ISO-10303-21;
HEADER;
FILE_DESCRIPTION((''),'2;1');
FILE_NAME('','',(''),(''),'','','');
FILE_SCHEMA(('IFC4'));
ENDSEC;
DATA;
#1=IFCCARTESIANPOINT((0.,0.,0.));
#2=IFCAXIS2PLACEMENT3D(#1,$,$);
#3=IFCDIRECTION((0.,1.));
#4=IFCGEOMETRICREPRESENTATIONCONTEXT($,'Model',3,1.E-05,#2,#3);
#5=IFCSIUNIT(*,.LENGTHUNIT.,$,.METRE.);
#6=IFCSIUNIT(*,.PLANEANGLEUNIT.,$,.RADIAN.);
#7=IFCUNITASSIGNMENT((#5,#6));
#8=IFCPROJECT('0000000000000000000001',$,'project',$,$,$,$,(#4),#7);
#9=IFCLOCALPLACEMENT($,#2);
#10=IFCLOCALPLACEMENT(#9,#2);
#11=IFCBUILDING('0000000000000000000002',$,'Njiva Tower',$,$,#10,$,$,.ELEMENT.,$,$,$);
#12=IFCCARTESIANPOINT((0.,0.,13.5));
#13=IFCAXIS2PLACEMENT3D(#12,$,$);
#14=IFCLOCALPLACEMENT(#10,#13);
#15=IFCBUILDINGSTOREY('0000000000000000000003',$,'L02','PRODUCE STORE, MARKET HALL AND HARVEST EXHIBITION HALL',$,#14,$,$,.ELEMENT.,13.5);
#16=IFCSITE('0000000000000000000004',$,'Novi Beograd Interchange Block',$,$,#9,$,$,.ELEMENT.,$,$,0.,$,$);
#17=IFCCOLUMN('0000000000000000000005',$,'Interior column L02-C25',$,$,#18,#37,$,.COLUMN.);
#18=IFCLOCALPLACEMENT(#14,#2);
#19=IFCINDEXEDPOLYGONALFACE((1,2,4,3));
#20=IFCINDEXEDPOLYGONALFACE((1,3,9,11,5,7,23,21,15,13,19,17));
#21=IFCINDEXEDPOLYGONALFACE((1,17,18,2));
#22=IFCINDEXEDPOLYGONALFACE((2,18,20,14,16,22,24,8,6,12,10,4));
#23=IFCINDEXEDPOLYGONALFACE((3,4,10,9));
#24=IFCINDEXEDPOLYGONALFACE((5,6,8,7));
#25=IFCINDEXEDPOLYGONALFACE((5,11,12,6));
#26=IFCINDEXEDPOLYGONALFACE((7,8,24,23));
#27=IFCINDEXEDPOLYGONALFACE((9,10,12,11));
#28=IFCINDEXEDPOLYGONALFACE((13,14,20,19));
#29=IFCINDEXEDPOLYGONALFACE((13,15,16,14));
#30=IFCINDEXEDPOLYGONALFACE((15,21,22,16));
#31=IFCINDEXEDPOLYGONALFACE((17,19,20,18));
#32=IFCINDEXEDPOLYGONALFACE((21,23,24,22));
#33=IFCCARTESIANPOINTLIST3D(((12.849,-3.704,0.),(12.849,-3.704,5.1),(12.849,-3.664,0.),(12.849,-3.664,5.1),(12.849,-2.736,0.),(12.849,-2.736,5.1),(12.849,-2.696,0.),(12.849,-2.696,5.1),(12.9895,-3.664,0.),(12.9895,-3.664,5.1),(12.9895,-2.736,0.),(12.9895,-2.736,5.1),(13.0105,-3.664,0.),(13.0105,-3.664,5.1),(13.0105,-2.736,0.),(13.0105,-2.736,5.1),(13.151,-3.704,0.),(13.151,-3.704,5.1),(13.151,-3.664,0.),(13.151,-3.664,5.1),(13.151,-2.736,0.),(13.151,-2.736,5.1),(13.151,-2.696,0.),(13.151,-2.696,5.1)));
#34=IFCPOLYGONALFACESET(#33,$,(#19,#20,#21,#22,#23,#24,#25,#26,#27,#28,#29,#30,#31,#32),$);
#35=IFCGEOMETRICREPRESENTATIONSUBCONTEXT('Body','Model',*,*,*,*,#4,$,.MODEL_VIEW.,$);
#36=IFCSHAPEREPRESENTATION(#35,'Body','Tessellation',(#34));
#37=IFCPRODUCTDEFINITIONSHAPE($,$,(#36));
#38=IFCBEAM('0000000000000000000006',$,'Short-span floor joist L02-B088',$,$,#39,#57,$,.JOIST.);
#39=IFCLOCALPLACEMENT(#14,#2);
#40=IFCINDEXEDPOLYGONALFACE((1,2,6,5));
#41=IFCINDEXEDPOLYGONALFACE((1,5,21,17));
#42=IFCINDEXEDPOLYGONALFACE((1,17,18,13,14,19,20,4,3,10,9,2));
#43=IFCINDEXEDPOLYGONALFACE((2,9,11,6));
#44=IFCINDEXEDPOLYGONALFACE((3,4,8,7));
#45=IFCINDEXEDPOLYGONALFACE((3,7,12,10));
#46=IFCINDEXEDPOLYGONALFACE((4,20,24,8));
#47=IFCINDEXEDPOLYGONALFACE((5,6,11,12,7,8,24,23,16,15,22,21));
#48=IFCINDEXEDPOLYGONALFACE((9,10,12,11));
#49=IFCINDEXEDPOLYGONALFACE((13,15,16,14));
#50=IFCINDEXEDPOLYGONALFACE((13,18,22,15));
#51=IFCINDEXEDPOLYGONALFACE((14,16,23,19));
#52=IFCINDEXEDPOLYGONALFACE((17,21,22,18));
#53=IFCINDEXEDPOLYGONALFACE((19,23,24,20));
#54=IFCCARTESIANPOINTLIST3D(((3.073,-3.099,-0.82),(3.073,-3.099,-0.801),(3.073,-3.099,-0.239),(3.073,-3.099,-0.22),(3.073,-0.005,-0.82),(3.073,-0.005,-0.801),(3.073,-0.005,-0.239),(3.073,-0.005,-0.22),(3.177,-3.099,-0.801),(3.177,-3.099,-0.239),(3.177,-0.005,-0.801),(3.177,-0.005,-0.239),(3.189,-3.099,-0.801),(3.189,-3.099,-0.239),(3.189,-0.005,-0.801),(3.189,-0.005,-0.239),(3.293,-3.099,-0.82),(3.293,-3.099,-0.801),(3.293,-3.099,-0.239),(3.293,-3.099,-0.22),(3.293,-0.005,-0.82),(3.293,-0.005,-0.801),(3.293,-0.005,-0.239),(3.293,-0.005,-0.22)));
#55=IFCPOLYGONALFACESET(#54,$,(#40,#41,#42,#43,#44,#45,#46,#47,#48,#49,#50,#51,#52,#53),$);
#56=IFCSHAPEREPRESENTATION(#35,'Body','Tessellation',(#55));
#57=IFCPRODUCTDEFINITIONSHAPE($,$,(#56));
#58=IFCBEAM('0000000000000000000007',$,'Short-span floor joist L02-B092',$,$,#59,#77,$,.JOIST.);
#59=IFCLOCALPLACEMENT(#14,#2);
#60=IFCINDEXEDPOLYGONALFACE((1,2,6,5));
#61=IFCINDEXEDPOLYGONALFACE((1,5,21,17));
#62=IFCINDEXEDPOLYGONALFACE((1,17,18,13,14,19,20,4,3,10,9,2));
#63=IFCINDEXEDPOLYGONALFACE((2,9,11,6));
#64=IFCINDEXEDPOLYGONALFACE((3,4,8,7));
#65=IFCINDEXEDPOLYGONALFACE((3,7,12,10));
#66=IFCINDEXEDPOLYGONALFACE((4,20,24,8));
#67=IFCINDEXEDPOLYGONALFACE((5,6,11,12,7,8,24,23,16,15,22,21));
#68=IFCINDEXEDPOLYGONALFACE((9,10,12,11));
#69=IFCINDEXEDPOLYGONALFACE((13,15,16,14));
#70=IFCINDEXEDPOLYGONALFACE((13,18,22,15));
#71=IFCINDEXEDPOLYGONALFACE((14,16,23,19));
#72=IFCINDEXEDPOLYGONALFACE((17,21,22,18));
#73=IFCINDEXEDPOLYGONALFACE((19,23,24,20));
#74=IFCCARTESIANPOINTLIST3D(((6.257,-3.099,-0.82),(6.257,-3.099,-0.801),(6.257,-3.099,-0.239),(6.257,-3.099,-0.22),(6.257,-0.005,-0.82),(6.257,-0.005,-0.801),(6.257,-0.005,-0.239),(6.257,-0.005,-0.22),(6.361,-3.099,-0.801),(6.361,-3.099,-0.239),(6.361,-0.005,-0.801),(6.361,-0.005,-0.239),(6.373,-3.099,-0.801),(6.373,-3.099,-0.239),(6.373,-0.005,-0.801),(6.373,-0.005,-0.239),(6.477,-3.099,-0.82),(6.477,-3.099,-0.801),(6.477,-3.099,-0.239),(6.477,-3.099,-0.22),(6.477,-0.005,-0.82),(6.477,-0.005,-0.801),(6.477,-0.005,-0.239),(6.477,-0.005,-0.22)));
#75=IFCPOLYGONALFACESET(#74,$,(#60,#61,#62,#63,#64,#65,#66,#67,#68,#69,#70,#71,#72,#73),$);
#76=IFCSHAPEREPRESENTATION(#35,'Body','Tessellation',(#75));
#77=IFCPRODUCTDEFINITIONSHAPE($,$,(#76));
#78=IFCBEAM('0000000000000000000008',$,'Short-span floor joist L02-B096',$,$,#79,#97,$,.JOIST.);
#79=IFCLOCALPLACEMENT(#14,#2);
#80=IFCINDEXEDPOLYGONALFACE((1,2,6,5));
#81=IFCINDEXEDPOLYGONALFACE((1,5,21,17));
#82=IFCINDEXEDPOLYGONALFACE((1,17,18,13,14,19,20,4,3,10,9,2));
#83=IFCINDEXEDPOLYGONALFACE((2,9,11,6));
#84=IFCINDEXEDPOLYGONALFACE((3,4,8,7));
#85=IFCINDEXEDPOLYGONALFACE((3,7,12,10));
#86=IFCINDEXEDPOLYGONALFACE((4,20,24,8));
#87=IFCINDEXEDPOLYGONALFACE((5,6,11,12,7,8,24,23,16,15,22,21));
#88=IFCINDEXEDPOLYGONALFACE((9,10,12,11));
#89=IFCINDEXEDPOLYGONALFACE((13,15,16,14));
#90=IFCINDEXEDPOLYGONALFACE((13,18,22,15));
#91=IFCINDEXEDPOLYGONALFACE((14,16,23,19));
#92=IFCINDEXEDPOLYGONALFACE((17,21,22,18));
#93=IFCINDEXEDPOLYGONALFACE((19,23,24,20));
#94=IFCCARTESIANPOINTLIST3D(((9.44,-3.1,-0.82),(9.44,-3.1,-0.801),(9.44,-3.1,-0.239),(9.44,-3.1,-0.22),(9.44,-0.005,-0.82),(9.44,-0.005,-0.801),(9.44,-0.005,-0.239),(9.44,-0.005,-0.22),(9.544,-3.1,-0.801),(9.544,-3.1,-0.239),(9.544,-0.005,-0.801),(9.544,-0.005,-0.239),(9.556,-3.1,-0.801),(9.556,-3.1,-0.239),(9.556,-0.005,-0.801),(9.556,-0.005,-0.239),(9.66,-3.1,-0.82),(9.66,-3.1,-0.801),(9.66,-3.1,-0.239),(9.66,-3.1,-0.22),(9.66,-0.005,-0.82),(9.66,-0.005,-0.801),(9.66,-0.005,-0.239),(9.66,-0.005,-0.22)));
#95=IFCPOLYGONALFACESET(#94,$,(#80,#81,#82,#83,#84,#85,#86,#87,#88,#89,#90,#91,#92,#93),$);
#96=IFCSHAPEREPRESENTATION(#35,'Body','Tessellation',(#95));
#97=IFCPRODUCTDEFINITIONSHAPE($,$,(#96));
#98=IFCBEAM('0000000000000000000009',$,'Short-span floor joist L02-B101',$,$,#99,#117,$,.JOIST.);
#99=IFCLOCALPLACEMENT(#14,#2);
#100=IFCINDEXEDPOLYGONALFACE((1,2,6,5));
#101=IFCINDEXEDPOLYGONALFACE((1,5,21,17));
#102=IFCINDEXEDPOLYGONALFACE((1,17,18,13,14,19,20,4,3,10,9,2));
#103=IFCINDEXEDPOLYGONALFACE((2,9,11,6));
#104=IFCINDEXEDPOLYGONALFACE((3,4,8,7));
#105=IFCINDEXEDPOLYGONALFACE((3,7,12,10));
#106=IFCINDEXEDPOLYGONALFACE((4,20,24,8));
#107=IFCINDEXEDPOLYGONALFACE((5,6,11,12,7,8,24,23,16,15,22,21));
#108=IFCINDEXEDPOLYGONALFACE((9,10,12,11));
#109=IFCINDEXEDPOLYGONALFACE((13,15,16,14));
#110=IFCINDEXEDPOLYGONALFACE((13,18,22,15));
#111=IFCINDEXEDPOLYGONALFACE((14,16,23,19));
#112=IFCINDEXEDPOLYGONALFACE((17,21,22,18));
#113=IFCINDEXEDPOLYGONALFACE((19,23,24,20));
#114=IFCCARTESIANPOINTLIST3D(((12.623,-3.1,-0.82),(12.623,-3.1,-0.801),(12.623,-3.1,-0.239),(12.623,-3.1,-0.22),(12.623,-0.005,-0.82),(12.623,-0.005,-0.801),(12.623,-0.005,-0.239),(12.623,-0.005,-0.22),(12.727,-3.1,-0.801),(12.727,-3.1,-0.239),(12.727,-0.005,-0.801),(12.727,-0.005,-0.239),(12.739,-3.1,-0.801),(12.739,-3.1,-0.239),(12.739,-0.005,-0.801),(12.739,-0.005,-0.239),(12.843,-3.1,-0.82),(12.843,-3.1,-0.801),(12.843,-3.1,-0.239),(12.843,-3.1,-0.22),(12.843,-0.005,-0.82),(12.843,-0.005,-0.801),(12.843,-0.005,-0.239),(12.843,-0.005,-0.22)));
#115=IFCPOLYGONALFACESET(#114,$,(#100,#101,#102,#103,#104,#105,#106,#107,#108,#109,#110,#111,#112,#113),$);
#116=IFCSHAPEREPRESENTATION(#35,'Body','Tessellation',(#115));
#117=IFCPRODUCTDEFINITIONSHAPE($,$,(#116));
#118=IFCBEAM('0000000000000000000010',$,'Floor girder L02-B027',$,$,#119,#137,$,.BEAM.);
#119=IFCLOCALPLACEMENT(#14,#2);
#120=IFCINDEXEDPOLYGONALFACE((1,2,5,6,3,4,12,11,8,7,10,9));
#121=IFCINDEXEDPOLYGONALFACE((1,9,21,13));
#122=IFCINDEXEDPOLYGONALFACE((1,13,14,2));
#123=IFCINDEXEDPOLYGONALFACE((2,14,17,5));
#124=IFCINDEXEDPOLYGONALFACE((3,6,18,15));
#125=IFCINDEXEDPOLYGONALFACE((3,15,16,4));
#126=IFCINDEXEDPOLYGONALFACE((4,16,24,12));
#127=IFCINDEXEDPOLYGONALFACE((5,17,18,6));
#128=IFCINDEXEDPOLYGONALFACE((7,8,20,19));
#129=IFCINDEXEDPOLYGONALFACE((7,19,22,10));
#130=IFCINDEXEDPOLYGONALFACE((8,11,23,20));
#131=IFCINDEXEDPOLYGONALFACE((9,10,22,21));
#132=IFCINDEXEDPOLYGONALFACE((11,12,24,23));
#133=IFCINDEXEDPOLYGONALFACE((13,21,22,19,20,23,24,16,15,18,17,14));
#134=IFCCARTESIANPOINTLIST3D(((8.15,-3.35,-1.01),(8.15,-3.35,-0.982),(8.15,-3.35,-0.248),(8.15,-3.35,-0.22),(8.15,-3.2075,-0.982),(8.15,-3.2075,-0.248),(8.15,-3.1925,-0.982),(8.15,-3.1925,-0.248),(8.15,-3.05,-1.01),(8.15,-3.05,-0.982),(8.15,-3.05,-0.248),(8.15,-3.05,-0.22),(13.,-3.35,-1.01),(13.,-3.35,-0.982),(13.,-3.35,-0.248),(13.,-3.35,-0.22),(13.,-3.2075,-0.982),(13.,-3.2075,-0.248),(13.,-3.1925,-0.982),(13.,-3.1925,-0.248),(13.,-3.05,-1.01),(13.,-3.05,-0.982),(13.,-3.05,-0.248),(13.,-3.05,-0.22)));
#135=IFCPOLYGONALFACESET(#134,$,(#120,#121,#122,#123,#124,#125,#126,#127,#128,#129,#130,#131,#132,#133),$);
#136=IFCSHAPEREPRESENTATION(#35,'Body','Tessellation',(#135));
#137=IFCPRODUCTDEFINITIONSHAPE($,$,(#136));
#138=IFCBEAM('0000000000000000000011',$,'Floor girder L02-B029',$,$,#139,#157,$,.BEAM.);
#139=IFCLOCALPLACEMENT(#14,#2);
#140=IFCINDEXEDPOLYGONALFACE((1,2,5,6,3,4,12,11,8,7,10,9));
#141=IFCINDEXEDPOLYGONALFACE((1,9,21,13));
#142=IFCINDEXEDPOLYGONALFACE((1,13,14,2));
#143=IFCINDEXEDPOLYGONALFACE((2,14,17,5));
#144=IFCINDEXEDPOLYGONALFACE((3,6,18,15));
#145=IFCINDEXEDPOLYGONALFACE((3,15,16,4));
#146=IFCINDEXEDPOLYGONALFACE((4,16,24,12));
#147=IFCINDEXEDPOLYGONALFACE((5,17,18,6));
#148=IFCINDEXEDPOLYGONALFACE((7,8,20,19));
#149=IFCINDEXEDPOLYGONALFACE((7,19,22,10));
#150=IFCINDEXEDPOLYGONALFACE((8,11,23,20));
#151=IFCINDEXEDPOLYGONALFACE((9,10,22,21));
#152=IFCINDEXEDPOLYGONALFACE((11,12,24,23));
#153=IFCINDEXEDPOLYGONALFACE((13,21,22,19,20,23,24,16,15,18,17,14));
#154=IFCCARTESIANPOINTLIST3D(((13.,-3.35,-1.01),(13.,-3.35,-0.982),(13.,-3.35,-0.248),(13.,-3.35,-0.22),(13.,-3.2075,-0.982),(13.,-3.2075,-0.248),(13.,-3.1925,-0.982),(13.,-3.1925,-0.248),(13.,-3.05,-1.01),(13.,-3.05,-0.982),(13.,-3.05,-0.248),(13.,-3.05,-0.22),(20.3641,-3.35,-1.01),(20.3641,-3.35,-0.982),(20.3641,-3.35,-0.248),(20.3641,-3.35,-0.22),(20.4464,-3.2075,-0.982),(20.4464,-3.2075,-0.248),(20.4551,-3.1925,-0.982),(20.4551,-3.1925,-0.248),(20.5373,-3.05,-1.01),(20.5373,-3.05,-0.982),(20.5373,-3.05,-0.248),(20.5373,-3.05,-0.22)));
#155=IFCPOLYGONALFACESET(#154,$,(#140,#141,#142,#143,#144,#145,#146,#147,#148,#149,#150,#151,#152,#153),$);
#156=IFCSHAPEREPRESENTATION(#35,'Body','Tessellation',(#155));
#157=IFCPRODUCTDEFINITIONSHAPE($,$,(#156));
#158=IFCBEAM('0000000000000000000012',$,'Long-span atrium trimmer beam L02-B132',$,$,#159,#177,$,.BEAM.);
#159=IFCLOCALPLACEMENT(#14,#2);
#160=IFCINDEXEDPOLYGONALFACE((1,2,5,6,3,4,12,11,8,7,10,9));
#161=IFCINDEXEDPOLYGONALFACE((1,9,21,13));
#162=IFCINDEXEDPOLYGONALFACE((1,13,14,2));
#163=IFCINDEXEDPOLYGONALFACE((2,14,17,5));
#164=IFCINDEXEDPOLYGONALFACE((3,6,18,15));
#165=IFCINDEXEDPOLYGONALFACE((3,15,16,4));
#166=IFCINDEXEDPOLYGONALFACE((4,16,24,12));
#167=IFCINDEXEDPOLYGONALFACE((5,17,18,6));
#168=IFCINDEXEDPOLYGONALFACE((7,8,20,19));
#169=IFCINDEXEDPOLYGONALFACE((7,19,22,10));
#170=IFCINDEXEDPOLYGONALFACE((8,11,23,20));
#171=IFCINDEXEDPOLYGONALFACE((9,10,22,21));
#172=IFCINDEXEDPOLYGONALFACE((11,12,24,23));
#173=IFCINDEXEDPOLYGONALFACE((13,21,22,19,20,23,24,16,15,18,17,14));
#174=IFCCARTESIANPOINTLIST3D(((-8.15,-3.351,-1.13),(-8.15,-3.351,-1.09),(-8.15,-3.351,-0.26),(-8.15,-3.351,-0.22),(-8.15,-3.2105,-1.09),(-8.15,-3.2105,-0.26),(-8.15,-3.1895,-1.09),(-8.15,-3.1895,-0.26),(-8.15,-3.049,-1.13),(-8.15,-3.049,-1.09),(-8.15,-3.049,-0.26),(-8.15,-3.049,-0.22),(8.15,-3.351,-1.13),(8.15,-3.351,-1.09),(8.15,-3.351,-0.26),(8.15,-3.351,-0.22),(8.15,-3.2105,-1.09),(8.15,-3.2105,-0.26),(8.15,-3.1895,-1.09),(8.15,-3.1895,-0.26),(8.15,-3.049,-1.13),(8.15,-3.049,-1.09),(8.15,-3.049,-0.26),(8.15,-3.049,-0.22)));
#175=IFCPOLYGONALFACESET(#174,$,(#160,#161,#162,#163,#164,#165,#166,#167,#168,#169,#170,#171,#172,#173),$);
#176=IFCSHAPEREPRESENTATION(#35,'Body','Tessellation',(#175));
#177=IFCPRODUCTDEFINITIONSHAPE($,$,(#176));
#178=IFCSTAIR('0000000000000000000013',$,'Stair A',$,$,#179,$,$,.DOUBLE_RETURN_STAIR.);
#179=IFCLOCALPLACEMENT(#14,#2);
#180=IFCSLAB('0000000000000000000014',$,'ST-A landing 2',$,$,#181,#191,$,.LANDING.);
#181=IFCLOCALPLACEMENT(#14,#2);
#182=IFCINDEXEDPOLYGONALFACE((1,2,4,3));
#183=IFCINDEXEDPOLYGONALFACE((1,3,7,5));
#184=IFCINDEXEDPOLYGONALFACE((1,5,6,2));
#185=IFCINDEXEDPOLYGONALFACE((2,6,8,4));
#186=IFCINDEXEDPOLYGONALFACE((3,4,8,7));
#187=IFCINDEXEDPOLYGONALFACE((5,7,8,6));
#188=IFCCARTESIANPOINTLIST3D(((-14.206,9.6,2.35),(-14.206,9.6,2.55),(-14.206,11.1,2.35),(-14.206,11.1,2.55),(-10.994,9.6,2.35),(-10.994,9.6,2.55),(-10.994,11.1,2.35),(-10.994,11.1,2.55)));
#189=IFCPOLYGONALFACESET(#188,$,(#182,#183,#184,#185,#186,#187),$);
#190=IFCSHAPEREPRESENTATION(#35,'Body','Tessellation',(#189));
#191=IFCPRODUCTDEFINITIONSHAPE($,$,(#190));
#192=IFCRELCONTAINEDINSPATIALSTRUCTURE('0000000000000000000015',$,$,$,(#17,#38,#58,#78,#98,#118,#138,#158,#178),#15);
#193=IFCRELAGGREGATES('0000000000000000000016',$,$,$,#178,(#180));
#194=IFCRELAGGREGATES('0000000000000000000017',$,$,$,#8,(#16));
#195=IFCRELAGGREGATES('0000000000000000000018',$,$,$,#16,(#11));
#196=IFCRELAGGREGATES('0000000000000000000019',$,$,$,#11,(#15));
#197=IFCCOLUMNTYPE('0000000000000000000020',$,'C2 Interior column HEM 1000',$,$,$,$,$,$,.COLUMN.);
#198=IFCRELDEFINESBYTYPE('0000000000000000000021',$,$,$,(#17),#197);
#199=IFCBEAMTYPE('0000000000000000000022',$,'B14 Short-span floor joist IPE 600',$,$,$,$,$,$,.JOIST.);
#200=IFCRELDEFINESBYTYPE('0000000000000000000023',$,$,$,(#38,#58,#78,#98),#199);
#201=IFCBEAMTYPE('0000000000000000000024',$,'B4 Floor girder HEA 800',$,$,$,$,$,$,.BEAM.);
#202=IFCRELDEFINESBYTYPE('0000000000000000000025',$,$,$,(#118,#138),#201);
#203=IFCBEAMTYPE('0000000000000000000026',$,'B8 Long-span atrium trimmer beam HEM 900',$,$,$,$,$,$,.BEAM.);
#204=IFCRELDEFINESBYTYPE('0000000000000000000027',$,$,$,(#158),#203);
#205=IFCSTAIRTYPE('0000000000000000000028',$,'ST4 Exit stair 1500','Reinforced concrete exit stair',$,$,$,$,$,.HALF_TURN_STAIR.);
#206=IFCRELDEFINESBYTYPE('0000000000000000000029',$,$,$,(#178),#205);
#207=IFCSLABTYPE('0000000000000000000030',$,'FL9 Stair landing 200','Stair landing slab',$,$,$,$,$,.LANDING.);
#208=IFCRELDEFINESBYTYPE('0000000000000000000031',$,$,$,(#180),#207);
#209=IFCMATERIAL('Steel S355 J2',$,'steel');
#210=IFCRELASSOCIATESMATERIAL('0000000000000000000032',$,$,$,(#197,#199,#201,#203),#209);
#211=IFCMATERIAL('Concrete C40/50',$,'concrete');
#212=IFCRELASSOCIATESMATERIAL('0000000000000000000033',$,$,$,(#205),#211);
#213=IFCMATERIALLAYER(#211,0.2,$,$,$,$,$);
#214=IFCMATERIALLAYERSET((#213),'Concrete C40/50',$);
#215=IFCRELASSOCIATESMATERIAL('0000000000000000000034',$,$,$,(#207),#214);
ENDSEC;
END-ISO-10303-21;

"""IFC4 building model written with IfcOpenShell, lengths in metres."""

from ifc_helpers import new_model, si_unit, direction, frame, origin, origin_2d, place, context, subcontext, project, spatial, polyline, i_section, outline, extrude, clip, halfspace, material, layer, layer_set, material_profile, profile_set, type_object, element, aggregate, save


model = new_model("IFC4")

# Units and contexts
model_context = context("Model", 3, precision=1e-05, world=origin(), true_north=direction((0.0, 1.0)))
body_context = subcontext(model_context, "Body", "Model", "MODEL_VIEW")
ifc_project = project(units=[si_unit("LENGTHUNIT", "METRE"), si_unit("PLANEANGLEUNIT", "RADIAN")], contexts=[model_context])

# Site, building, storey
site_placement = place(None, origin())
site = spatial("IfcSite", under=ifc_project, at=site_placement, Name="Novi Beograd Interchange Block", CompositionType="ELEMENT", RefElevation=0.0)
building_placement = place(site_placement, origin())
building = spatial("IfcBuilding", under=site, at=building_placement, Name="Njiva Tower", CompositionType="ELEMENT")
storey_placement = place(building_placement, frame((0.0, 0.0, 13.5)))
storey = spatial("IfcBuildingStorey", under=building, at=storey_placement, Name="L02", Description="PRODUCE STORE, MARKET HALL AND HARVEST EXHIBITION HALL", CompositionType="ELEMENT", Elevation=13.5)

# Column
ifc_material_1 = material(Name="Steel S355 J2", Category="steel")
ifc_material_profile_1 = material_profile(ifc_material_1, i_section(OverallWidth=0.302, OverallDepth=1.008, WebThickness=0.021, FlangeThickness=0.04, at=origin_2d()), Name="HEM 1000")
ifc_profile_set_1 = profile_set([ifc_material_profile_1], Name="Steel S355 J2")
column_type = type_object("IfcColumnType", Name="C2 Interior column HEM 1000", PredefinedType="COLUMN", material=ifc_profile_set_1)
column_placement = place(storey_placement, frame((13.0, -3.2, 0.0), z_axis=(0.0, 0.0, 1.0), x_axis=(1.0, 0.0, 0.0)))
element("IfcColumn", 1, at=column_placement, inside=storey, type_object=column_type, Name="Interior column L02-C25", PredefinedType="COLUMN", context=body_context, shape_type="SweptSolid", body=[
    extrude(i_section(OverallWidth=0.302, OverallDepth=1.008, WebThickness=0.021, FlangeThickness=0.04, at=origin_2d()), origin(), (0.0, 0.0, 1.0), 5.1),
])

# Beams
ifc_material_profile_2 = material_profile(ifc_material_1, i_section(OverallWidth=0.22, OverallDepth=0.6, WebThickness=0.012, FlangeThickness=0.019, at=origin_2d()), Name="IPE 600")
ifc_profile_set_2 = profile_set([ifc_material_profile_2], Name="Steel S355 J2")
beam_type_1 = type_object("IfcBeamType", Name="B14 Short-span floor joist IPE 600", PredefinedType="JOIST", material=ifc_profile_set_2)
for number, where, z_axis, x_axis, name in (
    (2, (3.183, -0.005, -0.52), (0.0, -1.0, 0.0), (1.0, 0.0, 0.0), "Short-span floor joist L02-B088"),
    (3, (6.367, -0.005, -0.52), (0.0, -1.0, 0.0), (1.0, 0.0, 0.0), "Short-span floor joist L02-B092"),
):
    element("IfcBeam", number, at=place(storey_placement, frame(where, z_axis=z_axis, x_axis=x_axis)), inside=storey, type_object=beam_type_1, Name=name, PredefinedType="JOIST", context=body_context, shape_type="SweptSolid", body=[
        extrude(i_section(OverallWidth=0.22, OverallDepth=0.6, WebThickness=0.012, FlangeThickness=0.019, at=origin_2d()), origin(), (0.0, 0.0, 1.0), 3.094),
    ])
for number, where, z_axis, x_axis, name in (
    (4, (9.55, -0.005, -0.52), (0.0, -1.0, 0.0), (1.0, 0.0, 0.0), "Short-span floor joist L02-B096"),
    (5, (12.733, -0.005, -0.52), (0.0, -1.0, 0.0), (1.0, 0.0, 0.0), "Short-span floor joist L02-B101"),
):
    element("IfcBeam", number, at=place(storey_placement, frame(where, z_axis=z_axis, x_axis=x_axis)), inside=storey, type_object=beam_type_1, Name=name, PredefinedType="JOIST", context=body_context, shape_type="SweptSolid", body=[
        extrude(i_section(OverallWidth=0.22, OverallDepth=0.6, WebThickness=0.012, FlangeThickness=0.019, at=origin_2d()), origin(), (0.0, 0.0, 1.0), 3.095),
    ])
ifc_material_profile_3 = material_profile(ifc_material_1, i_section(OverallWidth=0.3, OverallDepth=0.79, WebThickness=0.015, FlangeThickness=0.028, at=origin_2d()), Name="HEA 800")
ifc_profile_set_3 = profile_set([ifc_material_profile_3], Name="Steel S355 J2")
beam_type_2 = type_object("IfcBeamType", Name="B4 Floor girder HEA 800", PredefinedType="BEAM", material=ifc_profile_set_3)
beam_1_placement = place(storey_placement, frame((8.15, -3.2, -0.615), z_axis=(1.0, 0.0, 0.0), x_axis=(0.0, 1.0, 0.0)))
element("IfcBeam", 6, at=beam_1_placement, inside=storey, type_object=beam_type_2, Name="Floor girder L02-B027", PredefinedType="BEAM", context=body_context, shape_type="SweptSolid", body=[
    extrude(i_section(OverallWidth=0.3, OverallDepth=0.79, WebThickness=0.015, FlangeThickness=0.028, at=origin_2d()), origin(), (0.0, 0.0, 1.0), 4.85),
])
beam_2_placement = place(storey_placement, frame((13.0, -3.2, -0.615), z_axis=(1.0, 0.0, 0.0), x_axis=(0.0, 1.0, 0.0)))
element("IfcBeam", 7, at=beam_2_placement, inside=storey, type_object=beam_type_2, Name="Floor girder L02-B029", PredefinedType="BEAM", context=body_context, shape_type="Clipping", body=[
    clip(extrude(i_section(OverallWidth=0.3, OverallDepth=0.79, WebThickness=0.015, FlangeThickness=0.028, at=origin_2d()), origin(), (0.0, 0.0, 1.0), 7.558), halfspace(frame((-0.025, 0.0, 7.4363), z_axis=(-0.499998, 0.0, 0.866027), x_axis=(0.0, 1.0, 0.0)), False)),
])
ifc_material_profile_4 = material_profile(ifc_material_1, i_section(OverallWidth=0.302, OverallDepth=0.91, WebThickness=0.021, FlangeThickness=0.04, at=origin_2d()), Name="HEM 900")
ifc_profile_set_4 = profile_set([ifc_material_profile_4], Name="Steel S355 J2")
beam_type_3 = type_object("IfcBeamType", Name="B8 Long-span atrium trimmer beam HEM 900", PredefinedType="BEAM", material=ifc_profile_set_4)
beam_3_placement = place(storey_placement, frame((8.15, -3.2, -0.675), z_axis=(-1.0, 0.0, 0.0), x_axis=(0.0, -1.0, 0.0)))
element("IfcBeam", 8, at=beam_3_placement, inside=storey, type_object=beam_type_3, Name="Long-span atrium trimmer beam L02-B132", PredefinedType="BEAM", context=body_context, shape_type="SweptSolid", body=[
    extrude(i_section(OverallWidth=0.302, OverallDepth=0.91, WebThickness=0.021, FlangeThickness=0.04, at=origin_2d()), origin(), (0.0, 0.0, 1.0), 16.3),
])

# Stair, slab
ifc_material_2 = material(Name="Concrete C40/50", Category="concrete")
stair_type_1 = type_object("IfcStairType", Name="ST4 Exit stair 1500", Description="Reinforced concrete exit stair", PredefinedType="HALF_TURN_STAIR", material=ifc_material_2)
stair_1_placement = place(storey_placement, origin())
stair_1 = element("IfcStair", 9, at=stair_1_placement, inside=storey, type_object=stair_type_1, Name="Stair A", PredefinedType="DOUBLE_RETURN_STAIR")
ifc_layer_1 = layer(ifc_material_2, 0.2)
ifc_layer_set_1 = layer_set([ifc_layer_1], Name="Concrete C40/50")
slab_type = type_object("IfcSlabType", Name="FL9 Stair landing 200", Description="Stair landing slab", PredefinedType="LANDING", material=ifc_layer_set_1)
slab_1_placement = place(storey_placement, frame((0.0, 0.0, 2.35)))
slab_1 = element("IfcSlab", 10, at=slab_1_placement, type_object=slab_type, Name="ST-A landing 2", PredefinedType="LANDING", context=body_context, shape_type="SweptSolid", body=[
    extrude(outline(polyline([(-14.206, 9.6), (-10.994, 9.6), (-10.994, 11.1), (-14.206, 11.1), (-14.206, 9.6)])), origin(), (0.0, 0.0, 1.0), 0.2),
])
aggregate(stair_1, [slab_1])

save(model, "model.ifc")
